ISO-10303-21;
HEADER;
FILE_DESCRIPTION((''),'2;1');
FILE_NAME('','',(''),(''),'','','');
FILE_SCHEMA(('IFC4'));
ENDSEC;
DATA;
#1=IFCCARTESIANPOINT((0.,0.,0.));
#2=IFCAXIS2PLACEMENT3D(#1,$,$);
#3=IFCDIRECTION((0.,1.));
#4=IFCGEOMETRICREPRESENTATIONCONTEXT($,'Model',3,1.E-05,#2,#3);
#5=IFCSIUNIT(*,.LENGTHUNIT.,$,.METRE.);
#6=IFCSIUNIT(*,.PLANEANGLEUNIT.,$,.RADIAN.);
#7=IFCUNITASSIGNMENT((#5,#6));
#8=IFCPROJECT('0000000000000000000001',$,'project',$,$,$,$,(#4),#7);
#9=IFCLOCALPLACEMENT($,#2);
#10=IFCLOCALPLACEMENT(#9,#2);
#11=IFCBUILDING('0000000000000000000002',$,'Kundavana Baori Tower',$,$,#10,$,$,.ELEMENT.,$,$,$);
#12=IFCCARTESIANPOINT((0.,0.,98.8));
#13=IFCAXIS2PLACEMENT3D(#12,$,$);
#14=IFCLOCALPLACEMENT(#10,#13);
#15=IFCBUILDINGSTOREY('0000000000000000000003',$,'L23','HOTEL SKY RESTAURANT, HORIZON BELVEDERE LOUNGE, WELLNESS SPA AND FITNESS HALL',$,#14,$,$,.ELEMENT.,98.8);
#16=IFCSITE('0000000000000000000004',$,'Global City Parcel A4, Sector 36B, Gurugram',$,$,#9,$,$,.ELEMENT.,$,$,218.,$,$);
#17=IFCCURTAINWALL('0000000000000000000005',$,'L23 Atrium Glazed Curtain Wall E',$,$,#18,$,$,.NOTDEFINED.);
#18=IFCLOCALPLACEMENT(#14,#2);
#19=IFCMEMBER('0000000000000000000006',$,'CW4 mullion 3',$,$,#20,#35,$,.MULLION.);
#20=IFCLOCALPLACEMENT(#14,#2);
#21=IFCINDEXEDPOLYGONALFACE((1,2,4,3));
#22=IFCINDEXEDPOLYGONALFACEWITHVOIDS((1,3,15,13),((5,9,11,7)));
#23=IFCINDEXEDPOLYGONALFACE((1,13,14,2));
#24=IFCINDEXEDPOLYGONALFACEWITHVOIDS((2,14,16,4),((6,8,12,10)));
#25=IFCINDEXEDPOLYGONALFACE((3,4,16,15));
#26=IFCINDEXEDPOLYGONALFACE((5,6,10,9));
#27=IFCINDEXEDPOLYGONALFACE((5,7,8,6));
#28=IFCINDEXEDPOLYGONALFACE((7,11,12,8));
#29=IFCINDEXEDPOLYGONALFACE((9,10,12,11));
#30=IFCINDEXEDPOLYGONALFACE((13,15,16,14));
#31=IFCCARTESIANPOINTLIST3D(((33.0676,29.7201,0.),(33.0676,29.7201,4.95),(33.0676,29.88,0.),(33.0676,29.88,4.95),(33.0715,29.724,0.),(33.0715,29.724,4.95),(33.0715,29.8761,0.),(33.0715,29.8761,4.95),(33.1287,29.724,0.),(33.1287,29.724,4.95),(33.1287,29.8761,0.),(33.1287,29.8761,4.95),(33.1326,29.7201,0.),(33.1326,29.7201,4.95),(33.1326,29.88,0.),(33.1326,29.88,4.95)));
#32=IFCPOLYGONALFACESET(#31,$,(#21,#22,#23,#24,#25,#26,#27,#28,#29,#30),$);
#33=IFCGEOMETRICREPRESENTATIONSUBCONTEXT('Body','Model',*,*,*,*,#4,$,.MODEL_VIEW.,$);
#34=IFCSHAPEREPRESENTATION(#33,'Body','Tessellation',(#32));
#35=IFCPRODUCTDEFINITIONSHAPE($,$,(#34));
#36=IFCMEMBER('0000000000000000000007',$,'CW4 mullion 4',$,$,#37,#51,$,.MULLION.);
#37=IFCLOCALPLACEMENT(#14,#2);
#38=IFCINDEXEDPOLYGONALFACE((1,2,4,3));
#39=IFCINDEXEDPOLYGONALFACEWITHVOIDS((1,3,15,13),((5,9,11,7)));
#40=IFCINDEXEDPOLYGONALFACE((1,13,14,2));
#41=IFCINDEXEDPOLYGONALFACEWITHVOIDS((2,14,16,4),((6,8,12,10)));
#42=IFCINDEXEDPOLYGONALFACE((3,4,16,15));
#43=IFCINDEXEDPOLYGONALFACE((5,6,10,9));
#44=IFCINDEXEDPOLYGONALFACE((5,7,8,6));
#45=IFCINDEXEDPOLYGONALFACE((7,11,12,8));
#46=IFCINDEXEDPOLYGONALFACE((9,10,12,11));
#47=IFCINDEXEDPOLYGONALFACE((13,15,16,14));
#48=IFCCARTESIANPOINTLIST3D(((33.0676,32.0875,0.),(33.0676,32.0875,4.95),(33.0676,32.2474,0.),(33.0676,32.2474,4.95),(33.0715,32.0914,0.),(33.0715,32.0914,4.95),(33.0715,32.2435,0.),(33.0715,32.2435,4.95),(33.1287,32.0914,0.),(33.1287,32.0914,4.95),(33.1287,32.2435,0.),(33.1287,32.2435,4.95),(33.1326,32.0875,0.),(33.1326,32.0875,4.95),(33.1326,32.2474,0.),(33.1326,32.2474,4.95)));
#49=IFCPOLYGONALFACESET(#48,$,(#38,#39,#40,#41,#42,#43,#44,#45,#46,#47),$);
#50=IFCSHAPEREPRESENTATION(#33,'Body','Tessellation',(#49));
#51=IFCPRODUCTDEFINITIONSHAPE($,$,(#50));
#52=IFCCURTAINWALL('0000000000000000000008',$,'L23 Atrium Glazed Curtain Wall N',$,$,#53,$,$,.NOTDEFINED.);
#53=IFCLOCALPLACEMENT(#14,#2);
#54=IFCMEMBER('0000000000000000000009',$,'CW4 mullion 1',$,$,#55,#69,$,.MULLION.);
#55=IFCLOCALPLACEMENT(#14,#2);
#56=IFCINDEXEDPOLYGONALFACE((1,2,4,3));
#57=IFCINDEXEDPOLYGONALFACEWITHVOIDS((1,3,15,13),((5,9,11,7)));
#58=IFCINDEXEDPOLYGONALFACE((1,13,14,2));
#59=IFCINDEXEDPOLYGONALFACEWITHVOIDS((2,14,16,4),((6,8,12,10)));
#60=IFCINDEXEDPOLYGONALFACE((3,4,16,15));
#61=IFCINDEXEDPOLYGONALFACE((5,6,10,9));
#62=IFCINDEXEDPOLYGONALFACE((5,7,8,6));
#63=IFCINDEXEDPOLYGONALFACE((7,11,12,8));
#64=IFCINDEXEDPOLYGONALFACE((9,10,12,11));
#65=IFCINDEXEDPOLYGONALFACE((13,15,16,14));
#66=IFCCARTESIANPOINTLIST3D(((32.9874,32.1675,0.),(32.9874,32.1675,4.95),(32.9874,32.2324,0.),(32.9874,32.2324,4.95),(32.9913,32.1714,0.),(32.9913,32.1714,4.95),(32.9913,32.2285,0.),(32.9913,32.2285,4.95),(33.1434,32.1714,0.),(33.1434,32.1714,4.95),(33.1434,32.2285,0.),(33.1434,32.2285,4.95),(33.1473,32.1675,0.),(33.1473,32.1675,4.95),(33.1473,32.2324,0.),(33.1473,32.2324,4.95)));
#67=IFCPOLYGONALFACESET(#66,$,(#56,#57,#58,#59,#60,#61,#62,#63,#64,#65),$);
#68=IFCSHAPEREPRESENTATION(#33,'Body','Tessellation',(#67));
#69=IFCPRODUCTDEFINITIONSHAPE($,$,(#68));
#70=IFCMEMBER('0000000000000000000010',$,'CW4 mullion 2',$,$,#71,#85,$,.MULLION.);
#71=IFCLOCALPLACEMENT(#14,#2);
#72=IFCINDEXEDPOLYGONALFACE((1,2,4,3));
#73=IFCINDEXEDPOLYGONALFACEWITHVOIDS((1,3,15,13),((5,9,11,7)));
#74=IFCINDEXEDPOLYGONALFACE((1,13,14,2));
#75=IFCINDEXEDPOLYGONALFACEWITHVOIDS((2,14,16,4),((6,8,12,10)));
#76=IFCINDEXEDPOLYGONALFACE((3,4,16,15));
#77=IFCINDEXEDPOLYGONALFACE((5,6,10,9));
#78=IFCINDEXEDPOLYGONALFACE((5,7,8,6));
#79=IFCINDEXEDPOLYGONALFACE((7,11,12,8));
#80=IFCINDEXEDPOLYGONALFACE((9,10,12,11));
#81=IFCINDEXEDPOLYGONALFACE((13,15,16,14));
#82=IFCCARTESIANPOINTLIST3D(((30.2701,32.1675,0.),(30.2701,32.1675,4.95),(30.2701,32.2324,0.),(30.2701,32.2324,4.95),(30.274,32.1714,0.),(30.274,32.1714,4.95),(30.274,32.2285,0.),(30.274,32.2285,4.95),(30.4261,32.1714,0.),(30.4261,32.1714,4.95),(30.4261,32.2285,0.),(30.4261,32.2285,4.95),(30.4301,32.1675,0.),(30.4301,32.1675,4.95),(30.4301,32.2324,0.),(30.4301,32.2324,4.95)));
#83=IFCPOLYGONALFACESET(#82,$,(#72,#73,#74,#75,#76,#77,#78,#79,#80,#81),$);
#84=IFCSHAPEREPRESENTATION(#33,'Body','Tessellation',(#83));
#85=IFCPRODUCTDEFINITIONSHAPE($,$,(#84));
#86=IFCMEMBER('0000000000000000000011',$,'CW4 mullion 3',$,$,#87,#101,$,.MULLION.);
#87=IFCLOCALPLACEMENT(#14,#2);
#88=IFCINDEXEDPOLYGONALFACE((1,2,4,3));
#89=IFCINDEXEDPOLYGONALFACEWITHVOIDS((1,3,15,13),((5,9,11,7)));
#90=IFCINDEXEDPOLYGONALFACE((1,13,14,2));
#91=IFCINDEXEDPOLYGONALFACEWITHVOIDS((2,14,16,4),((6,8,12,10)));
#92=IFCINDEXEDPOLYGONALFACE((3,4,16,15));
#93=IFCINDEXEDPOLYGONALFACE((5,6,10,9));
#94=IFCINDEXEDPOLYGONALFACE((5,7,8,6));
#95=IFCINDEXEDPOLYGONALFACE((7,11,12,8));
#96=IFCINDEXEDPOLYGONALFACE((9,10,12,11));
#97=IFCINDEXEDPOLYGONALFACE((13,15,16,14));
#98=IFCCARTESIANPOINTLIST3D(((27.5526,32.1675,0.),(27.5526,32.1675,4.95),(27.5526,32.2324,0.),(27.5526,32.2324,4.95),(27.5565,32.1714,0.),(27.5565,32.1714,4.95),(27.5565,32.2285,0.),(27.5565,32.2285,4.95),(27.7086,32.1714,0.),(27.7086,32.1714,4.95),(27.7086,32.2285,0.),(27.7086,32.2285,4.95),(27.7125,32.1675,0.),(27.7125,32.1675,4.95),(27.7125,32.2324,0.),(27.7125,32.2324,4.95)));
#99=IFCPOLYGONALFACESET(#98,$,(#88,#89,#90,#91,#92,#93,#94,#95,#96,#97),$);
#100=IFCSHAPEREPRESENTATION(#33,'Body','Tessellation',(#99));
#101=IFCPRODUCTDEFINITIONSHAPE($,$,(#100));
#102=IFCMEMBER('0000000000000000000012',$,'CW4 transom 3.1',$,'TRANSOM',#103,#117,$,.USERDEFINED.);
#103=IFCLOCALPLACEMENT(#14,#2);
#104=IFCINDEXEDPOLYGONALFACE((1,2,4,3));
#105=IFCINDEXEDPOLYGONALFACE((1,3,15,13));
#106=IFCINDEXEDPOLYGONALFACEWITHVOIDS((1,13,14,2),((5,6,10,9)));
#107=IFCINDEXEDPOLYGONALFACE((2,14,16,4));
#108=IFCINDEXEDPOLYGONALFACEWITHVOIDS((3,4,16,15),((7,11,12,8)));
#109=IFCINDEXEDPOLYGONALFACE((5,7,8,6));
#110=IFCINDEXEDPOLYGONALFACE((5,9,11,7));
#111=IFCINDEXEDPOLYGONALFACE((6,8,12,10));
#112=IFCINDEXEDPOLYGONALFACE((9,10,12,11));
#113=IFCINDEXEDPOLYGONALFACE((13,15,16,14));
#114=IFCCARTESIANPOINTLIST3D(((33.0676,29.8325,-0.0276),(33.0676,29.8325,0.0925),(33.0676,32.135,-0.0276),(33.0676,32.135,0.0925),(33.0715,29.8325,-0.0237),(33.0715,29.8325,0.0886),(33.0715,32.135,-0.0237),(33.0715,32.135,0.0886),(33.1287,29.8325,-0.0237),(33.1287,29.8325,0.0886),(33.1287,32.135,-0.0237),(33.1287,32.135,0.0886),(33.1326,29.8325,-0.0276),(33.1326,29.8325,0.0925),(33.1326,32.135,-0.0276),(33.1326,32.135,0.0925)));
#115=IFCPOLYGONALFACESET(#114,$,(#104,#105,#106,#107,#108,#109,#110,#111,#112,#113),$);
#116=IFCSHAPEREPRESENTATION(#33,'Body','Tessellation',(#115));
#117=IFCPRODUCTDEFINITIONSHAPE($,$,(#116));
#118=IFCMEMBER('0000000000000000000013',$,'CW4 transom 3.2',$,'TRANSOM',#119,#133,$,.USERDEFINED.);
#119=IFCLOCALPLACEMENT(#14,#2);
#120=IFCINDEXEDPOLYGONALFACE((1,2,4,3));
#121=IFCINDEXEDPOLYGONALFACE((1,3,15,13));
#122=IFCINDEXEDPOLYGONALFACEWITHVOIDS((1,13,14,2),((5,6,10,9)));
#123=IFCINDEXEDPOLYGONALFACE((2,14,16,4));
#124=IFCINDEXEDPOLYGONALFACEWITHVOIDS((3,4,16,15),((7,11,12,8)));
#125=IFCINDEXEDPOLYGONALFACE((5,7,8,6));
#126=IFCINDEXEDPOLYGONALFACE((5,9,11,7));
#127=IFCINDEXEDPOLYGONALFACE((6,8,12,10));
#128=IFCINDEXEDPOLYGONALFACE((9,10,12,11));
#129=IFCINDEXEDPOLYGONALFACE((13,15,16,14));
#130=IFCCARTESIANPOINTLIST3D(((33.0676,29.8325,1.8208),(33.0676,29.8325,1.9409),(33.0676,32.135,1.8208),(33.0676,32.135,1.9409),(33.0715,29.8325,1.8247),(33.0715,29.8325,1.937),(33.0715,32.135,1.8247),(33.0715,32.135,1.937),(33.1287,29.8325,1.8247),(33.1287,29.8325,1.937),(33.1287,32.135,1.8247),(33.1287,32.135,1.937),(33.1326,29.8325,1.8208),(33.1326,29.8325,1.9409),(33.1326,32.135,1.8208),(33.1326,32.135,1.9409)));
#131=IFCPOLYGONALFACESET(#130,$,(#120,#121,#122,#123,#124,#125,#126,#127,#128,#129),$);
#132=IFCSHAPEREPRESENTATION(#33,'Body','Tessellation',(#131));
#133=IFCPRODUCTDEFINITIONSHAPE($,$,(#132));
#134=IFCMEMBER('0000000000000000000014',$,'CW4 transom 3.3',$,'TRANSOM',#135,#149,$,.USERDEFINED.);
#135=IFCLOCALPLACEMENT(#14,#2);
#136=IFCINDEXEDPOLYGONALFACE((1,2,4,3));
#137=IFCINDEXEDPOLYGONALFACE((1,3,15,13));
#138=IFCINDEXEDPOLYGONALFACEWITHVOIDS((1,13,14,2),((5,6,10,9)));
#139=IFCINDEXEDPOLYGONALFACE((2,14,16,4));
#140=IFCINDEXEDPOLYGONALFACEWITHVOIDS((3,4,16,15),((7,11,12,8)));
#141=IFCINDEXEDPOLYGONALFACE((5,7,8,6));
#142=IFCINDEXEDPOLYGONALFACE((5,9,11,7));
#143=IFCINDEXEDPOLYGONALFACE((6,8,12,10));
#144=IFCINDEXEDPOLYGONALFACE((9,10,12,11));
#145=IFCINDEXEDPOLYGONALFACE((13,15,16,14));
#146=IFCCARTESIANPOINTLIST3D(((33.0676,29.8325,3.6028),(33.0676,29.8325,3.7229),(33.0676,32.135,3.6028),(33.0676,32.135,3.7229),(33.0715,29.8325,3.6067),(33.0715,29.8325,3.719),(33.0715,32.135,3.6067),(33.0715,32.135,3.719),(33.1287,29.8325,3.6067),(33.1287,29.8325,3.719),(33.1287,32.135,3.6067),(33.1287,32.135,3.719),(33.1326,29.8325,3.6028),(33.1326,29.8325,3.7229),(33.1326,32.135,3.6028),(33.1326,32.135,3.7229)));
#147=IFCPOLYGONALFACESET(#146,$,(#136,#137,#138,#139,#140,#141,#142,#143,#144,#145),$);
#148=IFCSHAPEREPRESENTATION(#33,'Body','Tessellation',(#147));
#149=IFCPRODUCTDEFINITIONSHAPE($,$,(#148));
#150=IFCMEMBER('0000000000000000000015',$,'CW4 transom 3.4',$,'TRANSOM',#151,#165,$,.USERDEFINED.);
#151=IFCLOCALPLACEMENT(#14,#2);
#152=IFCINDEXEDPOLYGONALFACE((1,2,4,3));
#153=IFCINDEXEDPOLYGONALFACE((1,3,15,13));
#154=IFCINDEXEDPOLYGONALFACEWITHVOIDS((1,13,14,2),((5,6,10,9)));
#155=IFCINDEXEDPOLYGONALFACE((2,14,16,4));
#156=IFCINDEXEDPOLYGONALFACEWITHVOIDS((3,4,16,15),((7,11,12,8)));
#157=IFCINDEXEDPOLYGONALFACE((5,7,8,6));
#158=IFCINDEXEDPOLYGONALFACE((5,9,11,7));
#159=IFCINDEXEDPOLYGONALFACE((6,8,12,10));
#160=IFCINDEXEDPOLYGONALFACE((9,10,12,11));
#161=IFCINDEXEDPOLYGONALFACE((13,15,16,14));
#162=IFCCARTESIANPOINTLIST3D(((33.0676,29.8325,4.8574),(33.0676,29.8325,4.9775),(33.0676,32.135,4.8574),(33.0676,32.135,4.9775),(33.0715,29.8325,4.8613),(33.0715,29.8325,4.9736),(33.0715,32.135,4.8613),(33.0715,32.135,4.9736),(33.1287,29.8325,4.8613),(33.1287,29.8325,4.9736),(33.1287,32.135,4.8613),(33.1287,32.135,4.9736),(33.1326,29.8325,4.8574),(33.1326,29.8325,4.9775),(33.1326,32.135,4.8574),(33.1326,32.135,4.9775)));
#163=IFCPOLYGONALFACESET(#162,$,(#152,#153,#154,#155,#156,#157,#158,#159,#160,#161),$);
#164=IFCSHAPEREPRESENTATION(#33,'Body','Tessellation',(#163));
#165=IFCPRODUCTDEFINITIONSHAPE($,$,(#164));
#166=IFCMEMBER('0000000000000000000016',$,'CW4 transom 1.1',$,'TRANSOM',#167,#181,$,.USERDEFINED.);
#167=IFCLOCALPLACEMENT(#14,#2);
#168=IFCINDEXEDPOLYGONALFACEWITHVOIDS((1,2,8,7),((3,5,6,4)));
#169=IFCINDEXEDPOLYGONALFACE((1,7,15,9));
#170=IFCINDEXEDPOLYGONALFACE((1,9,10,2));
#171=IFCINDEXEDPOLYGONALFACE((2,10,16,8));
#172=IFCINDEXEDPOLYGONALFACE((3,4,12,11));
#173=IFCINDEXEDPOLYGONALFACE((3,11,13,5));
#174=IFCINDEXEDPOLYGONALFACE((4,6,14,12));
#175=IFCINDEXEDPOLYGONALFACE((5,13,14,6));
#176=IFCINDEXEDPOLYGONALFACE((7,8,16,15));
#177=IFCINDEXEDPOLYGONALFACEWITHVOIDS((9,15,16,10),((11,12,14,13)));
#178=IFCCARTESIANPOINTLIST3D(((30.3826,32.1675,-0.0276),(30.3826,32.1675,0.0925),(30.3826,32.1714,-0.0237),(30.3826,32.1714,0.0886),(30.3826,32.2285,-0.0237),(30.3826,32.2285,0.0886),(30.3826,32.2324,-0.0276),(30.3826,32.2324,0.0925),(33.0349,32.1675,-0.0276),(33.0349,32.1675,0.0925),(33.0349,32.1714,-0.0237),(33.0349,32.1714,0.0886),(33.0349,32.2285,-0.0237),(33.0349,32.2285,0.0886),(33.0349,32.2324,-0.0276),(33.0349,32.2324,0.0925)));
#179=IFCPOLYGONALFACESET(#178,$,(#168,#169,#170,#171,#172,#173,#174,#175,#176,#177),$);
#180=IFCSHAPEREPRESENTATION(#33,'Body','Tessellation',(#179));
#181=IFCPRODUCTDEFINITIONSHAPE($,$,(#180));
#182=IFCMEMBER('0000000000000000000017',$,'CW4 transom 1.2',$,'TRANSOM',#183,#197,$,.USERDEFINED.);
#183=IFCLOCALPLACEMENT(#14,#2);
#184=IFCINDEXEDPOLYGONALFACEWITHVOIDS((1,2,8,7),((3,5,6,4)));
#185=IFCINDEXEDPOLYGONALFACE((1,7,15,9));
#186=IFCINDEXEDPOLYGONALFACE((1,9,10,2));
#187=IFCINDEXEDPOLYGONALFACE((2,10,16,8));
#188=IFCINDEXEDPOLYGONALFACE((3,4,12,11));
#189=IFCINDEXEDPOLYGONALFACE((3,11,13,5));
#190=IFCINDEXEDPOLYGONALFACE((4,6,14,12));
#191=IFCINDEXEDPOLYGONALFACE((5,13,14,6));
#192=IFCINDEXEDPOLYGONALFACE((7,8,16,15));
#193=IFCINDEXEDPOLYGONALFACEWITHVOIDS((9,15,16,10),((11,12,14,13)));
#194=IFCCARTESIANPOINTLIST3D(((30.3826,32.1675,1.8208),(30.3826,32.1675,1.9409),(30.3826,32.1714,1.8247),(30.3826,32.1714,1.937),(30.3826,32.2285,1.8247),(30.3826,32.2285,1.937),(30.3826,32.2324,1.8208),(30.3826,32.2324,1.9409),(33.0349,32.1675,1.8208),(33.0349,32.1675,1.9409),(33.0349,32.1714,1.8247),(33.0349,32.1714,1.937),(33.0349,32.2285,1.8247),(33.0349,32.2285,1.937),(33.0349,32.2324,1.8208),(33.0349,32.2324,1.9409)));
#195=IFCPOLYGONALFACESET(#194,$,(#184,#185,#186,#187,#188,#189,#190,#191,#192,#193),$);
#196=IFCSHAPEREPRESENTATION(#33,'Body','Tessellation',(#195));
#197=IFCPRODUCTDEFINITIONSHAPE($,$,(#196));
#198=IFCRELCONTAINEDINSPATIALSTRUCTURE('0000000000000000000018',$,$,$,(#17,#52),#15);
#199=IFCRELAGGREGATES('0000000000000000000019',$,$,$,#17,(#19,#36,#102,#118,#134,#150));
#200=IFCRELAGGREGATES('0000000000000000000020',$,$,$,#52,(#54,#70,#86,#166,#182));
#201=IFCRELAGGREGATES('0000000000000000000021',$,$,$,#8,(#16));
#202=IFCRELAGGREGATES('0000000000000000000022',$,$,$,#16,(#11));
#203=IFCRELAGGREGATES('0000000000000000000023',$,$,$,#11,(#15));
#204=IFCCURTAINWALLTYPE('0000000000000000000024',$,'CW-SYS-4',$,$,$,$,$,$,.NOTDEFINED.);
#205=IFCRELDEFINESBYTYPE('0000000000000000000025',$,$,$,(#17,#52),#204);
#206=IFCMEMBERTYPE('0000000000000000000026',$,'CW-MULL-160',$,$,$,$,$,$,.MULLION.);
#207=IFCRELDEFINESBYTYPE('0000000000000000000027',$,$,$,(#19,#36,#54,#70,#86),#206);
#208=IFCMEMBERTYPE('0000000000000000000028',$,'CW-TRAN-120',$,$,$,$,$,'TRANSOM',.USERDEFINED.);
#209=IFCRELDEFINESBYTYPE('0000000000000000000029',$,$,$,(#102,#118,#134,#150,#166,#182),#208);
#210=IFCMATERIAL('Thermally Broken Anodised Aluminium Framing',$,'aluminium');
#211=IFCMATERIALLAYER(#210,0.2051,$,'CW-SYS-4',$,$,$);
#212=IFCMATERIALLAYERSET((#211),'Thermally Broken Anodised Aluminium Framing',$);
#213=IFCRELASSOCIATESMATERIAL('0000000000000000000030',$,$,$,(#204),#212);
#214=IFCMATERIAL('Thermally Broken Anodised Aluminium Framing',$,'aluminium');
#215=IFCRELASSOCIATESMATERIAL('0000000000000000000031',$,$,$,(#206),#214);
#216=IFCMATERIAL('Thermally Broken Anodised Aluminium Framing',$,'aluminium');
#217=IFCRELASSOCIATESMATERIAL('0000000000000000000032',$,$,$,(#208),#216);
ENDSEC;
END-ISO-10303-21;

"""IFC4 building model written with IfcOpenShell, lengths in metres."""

from ifc_helpers import new_model, si_unit, direction, frame, origin, origin_2d, place, context, subcontext, project, spatial, hollow_rectangle, extrude, material, layer, layer_set, material_profile, profile_set, type_object, element, aggregate, save


model = new_model("IFC4")

# Units and contexts
model_context = context("Model", 3, precision=1e-05, world=origin(), true_north=direction((0.0, 1.0)))
body_context = subcontext(model_context, "Body", "Model", "MODEL_VIEW")
ifc_project = project(units=[si_unit("LENGTHUNIT", "METRE"), si_unit("PLANEANGLEUNIT", "RADIAN")], contexts=[model_context])

# Site, building, storey
site_placement = place(None, origin())
site = spatial("IfcSite", under=ifc_project, at=site_placement, Name="Global City Parcel A4, Sector 36B, Gurugram", CompositionType="ELEMENT", RefElevation=218.0)
building_placement = place(site_placement, origin())
building = spatial("IfcBuilding", under=site, at=building_placement, Name="Kundavana Baori Tower", CompositionType="ELEMENT")
storey_placement = place(building_placement, frame((0.0, 0.0, 98.8)))
storey = spatial("IfcBuildingStorey", under=building, at=storey_placement, Name="L23", Description="HOTEL SKY RESTAURANT, HORIZON BELVEDERE LOUNGE, WELLNESS SPA AND FITNESS HALL", CompositionType="ELEMENT", Elevation=98.8)

# Curtain walls, members
ifc_material_1 = material(Name="Thermally Broken Anodised Aluminium Framing", Category="aluminium")
ifc_layer_1 = layer(ifc_material_1, 0.2051, Name="CW-SYS-4")
ifc_layer_set_1 = layer_set([ifc_layer_1], Name="Thermally Broken Anodised Aluminium Framing")
curtain_wall_type = type_object("IfcCurtainWallType", Name="CW-SYS-4", PredefinedType="NOTDEFINED", material=ifc_layer_set_1)
curtain_wall_1_placement = place(storey_placement, origin())
curtain_wall_1 = element("IfcCurtainWall", 1, at=curtain_wall_1_placement, inside=storey, type_object=curtain_wall_type, Name="L23 Atrium Glazed Curtain Wall E", PredefinedType="NOTDEFINED")
ifc_material_2 = material(Name="Thermally Broken Anodised Aluminium Framing", Category="aluminium")
ifc_material_profile_1 = material_profile(ifc_material_2, hollow_rectangle(XDim=0.0649, YDim=0.1599, WallThickness=0.0039, at=origin_2d()), Name="CW-MULL-160")
ifc_profile_set_1 = profile_set([ifc_material_profile_1], Name="Thermally Broken Anodised Aluminium Framing")
member_type_1 = type_object("IfcMemberType", Name="CW-MULL-160", PredefinedType="MULLION", material=ifc_profile_set_1)
member_1_placement = place(storey_placement, frame((33.1001, 29.8, 0.0), z_axis=(0.0, 0.0, 1.0), x_axis=(-1.0, 0.0, 0.0)))
member_1 = element("IfcMember", 2, at=member_1_placement, type_object=member_type_1, Name="CW4 mullion 3", PredefinedType="MULLION", context=body_context, shape_type="SweptSolid", body=[
    extrude(hollow_rectangle(XDim=0.0649, YDim=0.1599, WallThickness=0.0039, at=origin_2d()), origin(), (0.0, 0.0, 1.0), 4.95),
])
member_2_placement = place(storey_placement, frame((33.1001, 32.1675, 0.0), z_axis=(0.0, 0.0, 1.0), x_axis=(-1.0, 0.0, 0.0)))
member_2 = element("IfcMember", 3, at=member_2_placement, type_object=member_type_1, Name="CW4 mullion 4", PredefinedType="MULLION", context=body_context, shape_type="SweptSolid", body=[
    extrude(hollow_rectangle(XDim=0.0649, YDim=0.1599, WallThickness=0.0039, at=origin_2d()), origin(), (0.0, 0.0, 1.0), 4.95),
])
curtain_wall_2_placement = place(storey_placement, origin())
curtain_wall_2 = element("IfcCurtainWall", 4, at=curtain_wall_2_placement, inside=storey, type_object=curtain_wall_type, Name="L23 Atrium Glazed Curtain Wall N", PredefinedType="NOTDEFINED")
member_3_placement = place(storey_placement, frame((33.0674, 32.2, 0.0), z_axis=(0.0, 0.0, 1.0), x_axis=(0.0, -1.0, 0.0)))
member_3 = element("IfcMember", 5, at=member_3_placement, type_object=member_type_1, Name="CW4 mullion 1", PredefinedType="MULLION", context=body_context, shape_type="SweptSolid", body=[
    extrude(hollow_rectangle(XDim=0.0649, YDim=0.1599, WallThickness=0.0039, at=origin_2d()), origin(), (0.0, 0.0, 1.0), 4.95),
])
member_4_placement = place(storey_placement, frame((30.3501, 32.2, 0.0), z_axis=(0.0, 0.0, 1.0), x_axis=(0.0, -1.0, 0.0)))
member_4 = element("IfcMember", 6, at=member_4_placement, type_object=member_type_1, Name="CW4 mullion 2", PredefinedType="MULLION", context=body_context, shape_type="SweptSolid", body=[
    extrude(hollow_rectangle(XDim=0.0649, YDim=0.1599, WallThickness=0.0039, at=origin_2d()), origin(), (0.0, 0.0, 1.0), 4.95),
])
member_5_placement = place(storey_placement, frame((27.6326, 32.2, 0.0), z_axis=(0.0, 0.0, 1.0), x_axis=(0.0, -1.0, 0.0)))
member_5 = element("IfcMember", 7, at=member_5_placement, type_object=member_type_1, Name="CW4 mullion 3", PredefinedType="MULLION", context=body_context, shape_type="SweptSolid", body=[
    extrude(hollow_rectangle(XDim=0.0649, YDim=0.1599, WallThickness=0.0039, at=origin_2d()), origin(), (0.0, 0.0, 1.0), 4.95),
])

# Members
ifc_material_3 = material(Name="Thermally Broken Anodised Aluminium Framing", Category="aluminium")
ifc_material_profile_2 = material_profile(ifc_material_3, hollow_rectangle(XDim=0.0649, YDim=0.1201, WallThickness=0.0039, at=origin_2d()), Name="CW-TRAN-120")
ifc_profile_set_2 = profile_set([ifc_material_profile_2], Name="Thermally Broken Anodised Aluminium Framing")
member_type_2 = type_object("IfcMemberType", Name="CW-TRAN-120", ElementType="TRANSOM", PredefinedType="USERDEFINED", material=ifc_profile_set_2)
member_6_placement = place(storey_placement, frame((33.1001, 29.8325, 0.0325), z_axis=(0.0, 1.0, 0.0), x_axis=(-1.0, 0.0, 0.0)))
member_6 = element("IfcMember", 8, at=member_6_placement, type_object=member_type_2, Name="CW4 transom 3.1", ObjectType="TRANSOM", PredefinedType="USERDEFINED", context=body_context, shape_type="SweptSolid", body=[
    extrude(hollow_rectangle(XDim=0.0649, YDim=0.1201, WallThickness=0.0039, at=origin_2d()), origin(), (0.0, 0.0, 1.0), 2.3025),
])
member_7_placement = place(storey_placement, frame((33.1001, 29.8325, 1.8809), z_axis=(0.0, 1.0, 0.0), x_axis=(-1.0, 0.0, 0.0)))
member_7 = element("IfcMember", 9, at=member_7_placement, type_object=member_type_2, Name="CW4 transom 3.2", ObjectType="TRANSOM", PredefinedType="USERDEFINED", context=body_context, shape_type="SweptSolid", body=[
    extrude(hollow_rectangle(XDim=0.0649, YDim=0.1201, WallThickness=0.0039, at=origin_2d()), origin(), (0.0, 0.0, 1.0), 2.3025),
])
member_8_placement = place(storey_placement, frame((33.1001, 29.8325, 3.6628), z_axis=(0.0, 1.0, 0.0), x_axis=(-1.0, 0.0, 0.0)))
member_8 = element("IfcMember", 10, at=member_8_placement, type_object=member_type_2, Name="CW4 transom 3.3", ObjectType="TRANSOM", PredefinedType="USERDEFINED", context=body_context, shape_type="SweptSolid", body=[
    extrude(hollow_rectangle(XDim=0.0649, YDim=0.1201, WallThickness=0.0039, at=origin_2d()), origin(), (0.0, 0.0, 1.0), 2.3025),
])
member_9_placement = place(storey_placement, frame((33.1001, 29.8325, 4.9175), z_axis=(0.0, 1.0, 0.0), x_axis=(-1.0, 0.0, 0.0)))
member_9 = element("IfcMember", 11, at=member_9_placement, type_object=member_type_2, Name="CW4 transom 3.4", ObjectType="TRANSOM", PredefinedType="USERDEFINED", context=body_context, shape_type="SweptSolid", body=[
    extrude(hollow_rectangle(XDim=0.0649, YDim=0.1201, WallThickness=0.0039, at=origin_2d()), origin(), (0.0, 0.0, 1.0), 2.3025),
])
member_10_placement = place(storey_placement, frame((33.0349, 32.2, 0.0325), z_axis=(-1.0, 0.0, 0.0), x_axis=(0.0, -1.0, 0.0)))
member_10 = element("IfcMember", 12, at=member_10_placement, type_object=member_type_2, Name="CW4 transom 1.1", ObjectType="TRANSOM", PredefinedType="USERDEFINED", context=body_context, shape_type="SweptSolid", body=[
    extrude(hollow_rectangle(XDim=0.0649, YDim=0.1201, WallThickness=0.0039, at=origin_2d()), origin(), (0.0, 0.0, 1.0), 2.6523),
])
member_11_placement = place(storey_placement, frame((33.0349, 32.2, 1.8809), z_axis=(-1.0, 0.0, 0.0), x_axis=(0.0, -1.0, 0.0)))
member_11 = element("IfcMember", 13, at=member_11_placement, type_object=member_type_2, Name="CW4 transom 1.2", ObjectType="TRANSOM", PredefinedType="USERDEFINED", context=body_context, shape_type="SweptSolid", body=[
    extrude(hollow_rectangle(XDim=0.0649, YDim=0.1201, WallThickness=0.0039, at=origin_2d()), origin(), (0.0, 0.0, 1.0), 2.6523),
])

aggregate(curtain_wall_1, [member_1, member_2, member_6, member_7, member_8, member_9])
aggregate(curtain_wall_2, [member_3, member_4, member_5, member_10, member_11])

save(model, "model.ifc")
